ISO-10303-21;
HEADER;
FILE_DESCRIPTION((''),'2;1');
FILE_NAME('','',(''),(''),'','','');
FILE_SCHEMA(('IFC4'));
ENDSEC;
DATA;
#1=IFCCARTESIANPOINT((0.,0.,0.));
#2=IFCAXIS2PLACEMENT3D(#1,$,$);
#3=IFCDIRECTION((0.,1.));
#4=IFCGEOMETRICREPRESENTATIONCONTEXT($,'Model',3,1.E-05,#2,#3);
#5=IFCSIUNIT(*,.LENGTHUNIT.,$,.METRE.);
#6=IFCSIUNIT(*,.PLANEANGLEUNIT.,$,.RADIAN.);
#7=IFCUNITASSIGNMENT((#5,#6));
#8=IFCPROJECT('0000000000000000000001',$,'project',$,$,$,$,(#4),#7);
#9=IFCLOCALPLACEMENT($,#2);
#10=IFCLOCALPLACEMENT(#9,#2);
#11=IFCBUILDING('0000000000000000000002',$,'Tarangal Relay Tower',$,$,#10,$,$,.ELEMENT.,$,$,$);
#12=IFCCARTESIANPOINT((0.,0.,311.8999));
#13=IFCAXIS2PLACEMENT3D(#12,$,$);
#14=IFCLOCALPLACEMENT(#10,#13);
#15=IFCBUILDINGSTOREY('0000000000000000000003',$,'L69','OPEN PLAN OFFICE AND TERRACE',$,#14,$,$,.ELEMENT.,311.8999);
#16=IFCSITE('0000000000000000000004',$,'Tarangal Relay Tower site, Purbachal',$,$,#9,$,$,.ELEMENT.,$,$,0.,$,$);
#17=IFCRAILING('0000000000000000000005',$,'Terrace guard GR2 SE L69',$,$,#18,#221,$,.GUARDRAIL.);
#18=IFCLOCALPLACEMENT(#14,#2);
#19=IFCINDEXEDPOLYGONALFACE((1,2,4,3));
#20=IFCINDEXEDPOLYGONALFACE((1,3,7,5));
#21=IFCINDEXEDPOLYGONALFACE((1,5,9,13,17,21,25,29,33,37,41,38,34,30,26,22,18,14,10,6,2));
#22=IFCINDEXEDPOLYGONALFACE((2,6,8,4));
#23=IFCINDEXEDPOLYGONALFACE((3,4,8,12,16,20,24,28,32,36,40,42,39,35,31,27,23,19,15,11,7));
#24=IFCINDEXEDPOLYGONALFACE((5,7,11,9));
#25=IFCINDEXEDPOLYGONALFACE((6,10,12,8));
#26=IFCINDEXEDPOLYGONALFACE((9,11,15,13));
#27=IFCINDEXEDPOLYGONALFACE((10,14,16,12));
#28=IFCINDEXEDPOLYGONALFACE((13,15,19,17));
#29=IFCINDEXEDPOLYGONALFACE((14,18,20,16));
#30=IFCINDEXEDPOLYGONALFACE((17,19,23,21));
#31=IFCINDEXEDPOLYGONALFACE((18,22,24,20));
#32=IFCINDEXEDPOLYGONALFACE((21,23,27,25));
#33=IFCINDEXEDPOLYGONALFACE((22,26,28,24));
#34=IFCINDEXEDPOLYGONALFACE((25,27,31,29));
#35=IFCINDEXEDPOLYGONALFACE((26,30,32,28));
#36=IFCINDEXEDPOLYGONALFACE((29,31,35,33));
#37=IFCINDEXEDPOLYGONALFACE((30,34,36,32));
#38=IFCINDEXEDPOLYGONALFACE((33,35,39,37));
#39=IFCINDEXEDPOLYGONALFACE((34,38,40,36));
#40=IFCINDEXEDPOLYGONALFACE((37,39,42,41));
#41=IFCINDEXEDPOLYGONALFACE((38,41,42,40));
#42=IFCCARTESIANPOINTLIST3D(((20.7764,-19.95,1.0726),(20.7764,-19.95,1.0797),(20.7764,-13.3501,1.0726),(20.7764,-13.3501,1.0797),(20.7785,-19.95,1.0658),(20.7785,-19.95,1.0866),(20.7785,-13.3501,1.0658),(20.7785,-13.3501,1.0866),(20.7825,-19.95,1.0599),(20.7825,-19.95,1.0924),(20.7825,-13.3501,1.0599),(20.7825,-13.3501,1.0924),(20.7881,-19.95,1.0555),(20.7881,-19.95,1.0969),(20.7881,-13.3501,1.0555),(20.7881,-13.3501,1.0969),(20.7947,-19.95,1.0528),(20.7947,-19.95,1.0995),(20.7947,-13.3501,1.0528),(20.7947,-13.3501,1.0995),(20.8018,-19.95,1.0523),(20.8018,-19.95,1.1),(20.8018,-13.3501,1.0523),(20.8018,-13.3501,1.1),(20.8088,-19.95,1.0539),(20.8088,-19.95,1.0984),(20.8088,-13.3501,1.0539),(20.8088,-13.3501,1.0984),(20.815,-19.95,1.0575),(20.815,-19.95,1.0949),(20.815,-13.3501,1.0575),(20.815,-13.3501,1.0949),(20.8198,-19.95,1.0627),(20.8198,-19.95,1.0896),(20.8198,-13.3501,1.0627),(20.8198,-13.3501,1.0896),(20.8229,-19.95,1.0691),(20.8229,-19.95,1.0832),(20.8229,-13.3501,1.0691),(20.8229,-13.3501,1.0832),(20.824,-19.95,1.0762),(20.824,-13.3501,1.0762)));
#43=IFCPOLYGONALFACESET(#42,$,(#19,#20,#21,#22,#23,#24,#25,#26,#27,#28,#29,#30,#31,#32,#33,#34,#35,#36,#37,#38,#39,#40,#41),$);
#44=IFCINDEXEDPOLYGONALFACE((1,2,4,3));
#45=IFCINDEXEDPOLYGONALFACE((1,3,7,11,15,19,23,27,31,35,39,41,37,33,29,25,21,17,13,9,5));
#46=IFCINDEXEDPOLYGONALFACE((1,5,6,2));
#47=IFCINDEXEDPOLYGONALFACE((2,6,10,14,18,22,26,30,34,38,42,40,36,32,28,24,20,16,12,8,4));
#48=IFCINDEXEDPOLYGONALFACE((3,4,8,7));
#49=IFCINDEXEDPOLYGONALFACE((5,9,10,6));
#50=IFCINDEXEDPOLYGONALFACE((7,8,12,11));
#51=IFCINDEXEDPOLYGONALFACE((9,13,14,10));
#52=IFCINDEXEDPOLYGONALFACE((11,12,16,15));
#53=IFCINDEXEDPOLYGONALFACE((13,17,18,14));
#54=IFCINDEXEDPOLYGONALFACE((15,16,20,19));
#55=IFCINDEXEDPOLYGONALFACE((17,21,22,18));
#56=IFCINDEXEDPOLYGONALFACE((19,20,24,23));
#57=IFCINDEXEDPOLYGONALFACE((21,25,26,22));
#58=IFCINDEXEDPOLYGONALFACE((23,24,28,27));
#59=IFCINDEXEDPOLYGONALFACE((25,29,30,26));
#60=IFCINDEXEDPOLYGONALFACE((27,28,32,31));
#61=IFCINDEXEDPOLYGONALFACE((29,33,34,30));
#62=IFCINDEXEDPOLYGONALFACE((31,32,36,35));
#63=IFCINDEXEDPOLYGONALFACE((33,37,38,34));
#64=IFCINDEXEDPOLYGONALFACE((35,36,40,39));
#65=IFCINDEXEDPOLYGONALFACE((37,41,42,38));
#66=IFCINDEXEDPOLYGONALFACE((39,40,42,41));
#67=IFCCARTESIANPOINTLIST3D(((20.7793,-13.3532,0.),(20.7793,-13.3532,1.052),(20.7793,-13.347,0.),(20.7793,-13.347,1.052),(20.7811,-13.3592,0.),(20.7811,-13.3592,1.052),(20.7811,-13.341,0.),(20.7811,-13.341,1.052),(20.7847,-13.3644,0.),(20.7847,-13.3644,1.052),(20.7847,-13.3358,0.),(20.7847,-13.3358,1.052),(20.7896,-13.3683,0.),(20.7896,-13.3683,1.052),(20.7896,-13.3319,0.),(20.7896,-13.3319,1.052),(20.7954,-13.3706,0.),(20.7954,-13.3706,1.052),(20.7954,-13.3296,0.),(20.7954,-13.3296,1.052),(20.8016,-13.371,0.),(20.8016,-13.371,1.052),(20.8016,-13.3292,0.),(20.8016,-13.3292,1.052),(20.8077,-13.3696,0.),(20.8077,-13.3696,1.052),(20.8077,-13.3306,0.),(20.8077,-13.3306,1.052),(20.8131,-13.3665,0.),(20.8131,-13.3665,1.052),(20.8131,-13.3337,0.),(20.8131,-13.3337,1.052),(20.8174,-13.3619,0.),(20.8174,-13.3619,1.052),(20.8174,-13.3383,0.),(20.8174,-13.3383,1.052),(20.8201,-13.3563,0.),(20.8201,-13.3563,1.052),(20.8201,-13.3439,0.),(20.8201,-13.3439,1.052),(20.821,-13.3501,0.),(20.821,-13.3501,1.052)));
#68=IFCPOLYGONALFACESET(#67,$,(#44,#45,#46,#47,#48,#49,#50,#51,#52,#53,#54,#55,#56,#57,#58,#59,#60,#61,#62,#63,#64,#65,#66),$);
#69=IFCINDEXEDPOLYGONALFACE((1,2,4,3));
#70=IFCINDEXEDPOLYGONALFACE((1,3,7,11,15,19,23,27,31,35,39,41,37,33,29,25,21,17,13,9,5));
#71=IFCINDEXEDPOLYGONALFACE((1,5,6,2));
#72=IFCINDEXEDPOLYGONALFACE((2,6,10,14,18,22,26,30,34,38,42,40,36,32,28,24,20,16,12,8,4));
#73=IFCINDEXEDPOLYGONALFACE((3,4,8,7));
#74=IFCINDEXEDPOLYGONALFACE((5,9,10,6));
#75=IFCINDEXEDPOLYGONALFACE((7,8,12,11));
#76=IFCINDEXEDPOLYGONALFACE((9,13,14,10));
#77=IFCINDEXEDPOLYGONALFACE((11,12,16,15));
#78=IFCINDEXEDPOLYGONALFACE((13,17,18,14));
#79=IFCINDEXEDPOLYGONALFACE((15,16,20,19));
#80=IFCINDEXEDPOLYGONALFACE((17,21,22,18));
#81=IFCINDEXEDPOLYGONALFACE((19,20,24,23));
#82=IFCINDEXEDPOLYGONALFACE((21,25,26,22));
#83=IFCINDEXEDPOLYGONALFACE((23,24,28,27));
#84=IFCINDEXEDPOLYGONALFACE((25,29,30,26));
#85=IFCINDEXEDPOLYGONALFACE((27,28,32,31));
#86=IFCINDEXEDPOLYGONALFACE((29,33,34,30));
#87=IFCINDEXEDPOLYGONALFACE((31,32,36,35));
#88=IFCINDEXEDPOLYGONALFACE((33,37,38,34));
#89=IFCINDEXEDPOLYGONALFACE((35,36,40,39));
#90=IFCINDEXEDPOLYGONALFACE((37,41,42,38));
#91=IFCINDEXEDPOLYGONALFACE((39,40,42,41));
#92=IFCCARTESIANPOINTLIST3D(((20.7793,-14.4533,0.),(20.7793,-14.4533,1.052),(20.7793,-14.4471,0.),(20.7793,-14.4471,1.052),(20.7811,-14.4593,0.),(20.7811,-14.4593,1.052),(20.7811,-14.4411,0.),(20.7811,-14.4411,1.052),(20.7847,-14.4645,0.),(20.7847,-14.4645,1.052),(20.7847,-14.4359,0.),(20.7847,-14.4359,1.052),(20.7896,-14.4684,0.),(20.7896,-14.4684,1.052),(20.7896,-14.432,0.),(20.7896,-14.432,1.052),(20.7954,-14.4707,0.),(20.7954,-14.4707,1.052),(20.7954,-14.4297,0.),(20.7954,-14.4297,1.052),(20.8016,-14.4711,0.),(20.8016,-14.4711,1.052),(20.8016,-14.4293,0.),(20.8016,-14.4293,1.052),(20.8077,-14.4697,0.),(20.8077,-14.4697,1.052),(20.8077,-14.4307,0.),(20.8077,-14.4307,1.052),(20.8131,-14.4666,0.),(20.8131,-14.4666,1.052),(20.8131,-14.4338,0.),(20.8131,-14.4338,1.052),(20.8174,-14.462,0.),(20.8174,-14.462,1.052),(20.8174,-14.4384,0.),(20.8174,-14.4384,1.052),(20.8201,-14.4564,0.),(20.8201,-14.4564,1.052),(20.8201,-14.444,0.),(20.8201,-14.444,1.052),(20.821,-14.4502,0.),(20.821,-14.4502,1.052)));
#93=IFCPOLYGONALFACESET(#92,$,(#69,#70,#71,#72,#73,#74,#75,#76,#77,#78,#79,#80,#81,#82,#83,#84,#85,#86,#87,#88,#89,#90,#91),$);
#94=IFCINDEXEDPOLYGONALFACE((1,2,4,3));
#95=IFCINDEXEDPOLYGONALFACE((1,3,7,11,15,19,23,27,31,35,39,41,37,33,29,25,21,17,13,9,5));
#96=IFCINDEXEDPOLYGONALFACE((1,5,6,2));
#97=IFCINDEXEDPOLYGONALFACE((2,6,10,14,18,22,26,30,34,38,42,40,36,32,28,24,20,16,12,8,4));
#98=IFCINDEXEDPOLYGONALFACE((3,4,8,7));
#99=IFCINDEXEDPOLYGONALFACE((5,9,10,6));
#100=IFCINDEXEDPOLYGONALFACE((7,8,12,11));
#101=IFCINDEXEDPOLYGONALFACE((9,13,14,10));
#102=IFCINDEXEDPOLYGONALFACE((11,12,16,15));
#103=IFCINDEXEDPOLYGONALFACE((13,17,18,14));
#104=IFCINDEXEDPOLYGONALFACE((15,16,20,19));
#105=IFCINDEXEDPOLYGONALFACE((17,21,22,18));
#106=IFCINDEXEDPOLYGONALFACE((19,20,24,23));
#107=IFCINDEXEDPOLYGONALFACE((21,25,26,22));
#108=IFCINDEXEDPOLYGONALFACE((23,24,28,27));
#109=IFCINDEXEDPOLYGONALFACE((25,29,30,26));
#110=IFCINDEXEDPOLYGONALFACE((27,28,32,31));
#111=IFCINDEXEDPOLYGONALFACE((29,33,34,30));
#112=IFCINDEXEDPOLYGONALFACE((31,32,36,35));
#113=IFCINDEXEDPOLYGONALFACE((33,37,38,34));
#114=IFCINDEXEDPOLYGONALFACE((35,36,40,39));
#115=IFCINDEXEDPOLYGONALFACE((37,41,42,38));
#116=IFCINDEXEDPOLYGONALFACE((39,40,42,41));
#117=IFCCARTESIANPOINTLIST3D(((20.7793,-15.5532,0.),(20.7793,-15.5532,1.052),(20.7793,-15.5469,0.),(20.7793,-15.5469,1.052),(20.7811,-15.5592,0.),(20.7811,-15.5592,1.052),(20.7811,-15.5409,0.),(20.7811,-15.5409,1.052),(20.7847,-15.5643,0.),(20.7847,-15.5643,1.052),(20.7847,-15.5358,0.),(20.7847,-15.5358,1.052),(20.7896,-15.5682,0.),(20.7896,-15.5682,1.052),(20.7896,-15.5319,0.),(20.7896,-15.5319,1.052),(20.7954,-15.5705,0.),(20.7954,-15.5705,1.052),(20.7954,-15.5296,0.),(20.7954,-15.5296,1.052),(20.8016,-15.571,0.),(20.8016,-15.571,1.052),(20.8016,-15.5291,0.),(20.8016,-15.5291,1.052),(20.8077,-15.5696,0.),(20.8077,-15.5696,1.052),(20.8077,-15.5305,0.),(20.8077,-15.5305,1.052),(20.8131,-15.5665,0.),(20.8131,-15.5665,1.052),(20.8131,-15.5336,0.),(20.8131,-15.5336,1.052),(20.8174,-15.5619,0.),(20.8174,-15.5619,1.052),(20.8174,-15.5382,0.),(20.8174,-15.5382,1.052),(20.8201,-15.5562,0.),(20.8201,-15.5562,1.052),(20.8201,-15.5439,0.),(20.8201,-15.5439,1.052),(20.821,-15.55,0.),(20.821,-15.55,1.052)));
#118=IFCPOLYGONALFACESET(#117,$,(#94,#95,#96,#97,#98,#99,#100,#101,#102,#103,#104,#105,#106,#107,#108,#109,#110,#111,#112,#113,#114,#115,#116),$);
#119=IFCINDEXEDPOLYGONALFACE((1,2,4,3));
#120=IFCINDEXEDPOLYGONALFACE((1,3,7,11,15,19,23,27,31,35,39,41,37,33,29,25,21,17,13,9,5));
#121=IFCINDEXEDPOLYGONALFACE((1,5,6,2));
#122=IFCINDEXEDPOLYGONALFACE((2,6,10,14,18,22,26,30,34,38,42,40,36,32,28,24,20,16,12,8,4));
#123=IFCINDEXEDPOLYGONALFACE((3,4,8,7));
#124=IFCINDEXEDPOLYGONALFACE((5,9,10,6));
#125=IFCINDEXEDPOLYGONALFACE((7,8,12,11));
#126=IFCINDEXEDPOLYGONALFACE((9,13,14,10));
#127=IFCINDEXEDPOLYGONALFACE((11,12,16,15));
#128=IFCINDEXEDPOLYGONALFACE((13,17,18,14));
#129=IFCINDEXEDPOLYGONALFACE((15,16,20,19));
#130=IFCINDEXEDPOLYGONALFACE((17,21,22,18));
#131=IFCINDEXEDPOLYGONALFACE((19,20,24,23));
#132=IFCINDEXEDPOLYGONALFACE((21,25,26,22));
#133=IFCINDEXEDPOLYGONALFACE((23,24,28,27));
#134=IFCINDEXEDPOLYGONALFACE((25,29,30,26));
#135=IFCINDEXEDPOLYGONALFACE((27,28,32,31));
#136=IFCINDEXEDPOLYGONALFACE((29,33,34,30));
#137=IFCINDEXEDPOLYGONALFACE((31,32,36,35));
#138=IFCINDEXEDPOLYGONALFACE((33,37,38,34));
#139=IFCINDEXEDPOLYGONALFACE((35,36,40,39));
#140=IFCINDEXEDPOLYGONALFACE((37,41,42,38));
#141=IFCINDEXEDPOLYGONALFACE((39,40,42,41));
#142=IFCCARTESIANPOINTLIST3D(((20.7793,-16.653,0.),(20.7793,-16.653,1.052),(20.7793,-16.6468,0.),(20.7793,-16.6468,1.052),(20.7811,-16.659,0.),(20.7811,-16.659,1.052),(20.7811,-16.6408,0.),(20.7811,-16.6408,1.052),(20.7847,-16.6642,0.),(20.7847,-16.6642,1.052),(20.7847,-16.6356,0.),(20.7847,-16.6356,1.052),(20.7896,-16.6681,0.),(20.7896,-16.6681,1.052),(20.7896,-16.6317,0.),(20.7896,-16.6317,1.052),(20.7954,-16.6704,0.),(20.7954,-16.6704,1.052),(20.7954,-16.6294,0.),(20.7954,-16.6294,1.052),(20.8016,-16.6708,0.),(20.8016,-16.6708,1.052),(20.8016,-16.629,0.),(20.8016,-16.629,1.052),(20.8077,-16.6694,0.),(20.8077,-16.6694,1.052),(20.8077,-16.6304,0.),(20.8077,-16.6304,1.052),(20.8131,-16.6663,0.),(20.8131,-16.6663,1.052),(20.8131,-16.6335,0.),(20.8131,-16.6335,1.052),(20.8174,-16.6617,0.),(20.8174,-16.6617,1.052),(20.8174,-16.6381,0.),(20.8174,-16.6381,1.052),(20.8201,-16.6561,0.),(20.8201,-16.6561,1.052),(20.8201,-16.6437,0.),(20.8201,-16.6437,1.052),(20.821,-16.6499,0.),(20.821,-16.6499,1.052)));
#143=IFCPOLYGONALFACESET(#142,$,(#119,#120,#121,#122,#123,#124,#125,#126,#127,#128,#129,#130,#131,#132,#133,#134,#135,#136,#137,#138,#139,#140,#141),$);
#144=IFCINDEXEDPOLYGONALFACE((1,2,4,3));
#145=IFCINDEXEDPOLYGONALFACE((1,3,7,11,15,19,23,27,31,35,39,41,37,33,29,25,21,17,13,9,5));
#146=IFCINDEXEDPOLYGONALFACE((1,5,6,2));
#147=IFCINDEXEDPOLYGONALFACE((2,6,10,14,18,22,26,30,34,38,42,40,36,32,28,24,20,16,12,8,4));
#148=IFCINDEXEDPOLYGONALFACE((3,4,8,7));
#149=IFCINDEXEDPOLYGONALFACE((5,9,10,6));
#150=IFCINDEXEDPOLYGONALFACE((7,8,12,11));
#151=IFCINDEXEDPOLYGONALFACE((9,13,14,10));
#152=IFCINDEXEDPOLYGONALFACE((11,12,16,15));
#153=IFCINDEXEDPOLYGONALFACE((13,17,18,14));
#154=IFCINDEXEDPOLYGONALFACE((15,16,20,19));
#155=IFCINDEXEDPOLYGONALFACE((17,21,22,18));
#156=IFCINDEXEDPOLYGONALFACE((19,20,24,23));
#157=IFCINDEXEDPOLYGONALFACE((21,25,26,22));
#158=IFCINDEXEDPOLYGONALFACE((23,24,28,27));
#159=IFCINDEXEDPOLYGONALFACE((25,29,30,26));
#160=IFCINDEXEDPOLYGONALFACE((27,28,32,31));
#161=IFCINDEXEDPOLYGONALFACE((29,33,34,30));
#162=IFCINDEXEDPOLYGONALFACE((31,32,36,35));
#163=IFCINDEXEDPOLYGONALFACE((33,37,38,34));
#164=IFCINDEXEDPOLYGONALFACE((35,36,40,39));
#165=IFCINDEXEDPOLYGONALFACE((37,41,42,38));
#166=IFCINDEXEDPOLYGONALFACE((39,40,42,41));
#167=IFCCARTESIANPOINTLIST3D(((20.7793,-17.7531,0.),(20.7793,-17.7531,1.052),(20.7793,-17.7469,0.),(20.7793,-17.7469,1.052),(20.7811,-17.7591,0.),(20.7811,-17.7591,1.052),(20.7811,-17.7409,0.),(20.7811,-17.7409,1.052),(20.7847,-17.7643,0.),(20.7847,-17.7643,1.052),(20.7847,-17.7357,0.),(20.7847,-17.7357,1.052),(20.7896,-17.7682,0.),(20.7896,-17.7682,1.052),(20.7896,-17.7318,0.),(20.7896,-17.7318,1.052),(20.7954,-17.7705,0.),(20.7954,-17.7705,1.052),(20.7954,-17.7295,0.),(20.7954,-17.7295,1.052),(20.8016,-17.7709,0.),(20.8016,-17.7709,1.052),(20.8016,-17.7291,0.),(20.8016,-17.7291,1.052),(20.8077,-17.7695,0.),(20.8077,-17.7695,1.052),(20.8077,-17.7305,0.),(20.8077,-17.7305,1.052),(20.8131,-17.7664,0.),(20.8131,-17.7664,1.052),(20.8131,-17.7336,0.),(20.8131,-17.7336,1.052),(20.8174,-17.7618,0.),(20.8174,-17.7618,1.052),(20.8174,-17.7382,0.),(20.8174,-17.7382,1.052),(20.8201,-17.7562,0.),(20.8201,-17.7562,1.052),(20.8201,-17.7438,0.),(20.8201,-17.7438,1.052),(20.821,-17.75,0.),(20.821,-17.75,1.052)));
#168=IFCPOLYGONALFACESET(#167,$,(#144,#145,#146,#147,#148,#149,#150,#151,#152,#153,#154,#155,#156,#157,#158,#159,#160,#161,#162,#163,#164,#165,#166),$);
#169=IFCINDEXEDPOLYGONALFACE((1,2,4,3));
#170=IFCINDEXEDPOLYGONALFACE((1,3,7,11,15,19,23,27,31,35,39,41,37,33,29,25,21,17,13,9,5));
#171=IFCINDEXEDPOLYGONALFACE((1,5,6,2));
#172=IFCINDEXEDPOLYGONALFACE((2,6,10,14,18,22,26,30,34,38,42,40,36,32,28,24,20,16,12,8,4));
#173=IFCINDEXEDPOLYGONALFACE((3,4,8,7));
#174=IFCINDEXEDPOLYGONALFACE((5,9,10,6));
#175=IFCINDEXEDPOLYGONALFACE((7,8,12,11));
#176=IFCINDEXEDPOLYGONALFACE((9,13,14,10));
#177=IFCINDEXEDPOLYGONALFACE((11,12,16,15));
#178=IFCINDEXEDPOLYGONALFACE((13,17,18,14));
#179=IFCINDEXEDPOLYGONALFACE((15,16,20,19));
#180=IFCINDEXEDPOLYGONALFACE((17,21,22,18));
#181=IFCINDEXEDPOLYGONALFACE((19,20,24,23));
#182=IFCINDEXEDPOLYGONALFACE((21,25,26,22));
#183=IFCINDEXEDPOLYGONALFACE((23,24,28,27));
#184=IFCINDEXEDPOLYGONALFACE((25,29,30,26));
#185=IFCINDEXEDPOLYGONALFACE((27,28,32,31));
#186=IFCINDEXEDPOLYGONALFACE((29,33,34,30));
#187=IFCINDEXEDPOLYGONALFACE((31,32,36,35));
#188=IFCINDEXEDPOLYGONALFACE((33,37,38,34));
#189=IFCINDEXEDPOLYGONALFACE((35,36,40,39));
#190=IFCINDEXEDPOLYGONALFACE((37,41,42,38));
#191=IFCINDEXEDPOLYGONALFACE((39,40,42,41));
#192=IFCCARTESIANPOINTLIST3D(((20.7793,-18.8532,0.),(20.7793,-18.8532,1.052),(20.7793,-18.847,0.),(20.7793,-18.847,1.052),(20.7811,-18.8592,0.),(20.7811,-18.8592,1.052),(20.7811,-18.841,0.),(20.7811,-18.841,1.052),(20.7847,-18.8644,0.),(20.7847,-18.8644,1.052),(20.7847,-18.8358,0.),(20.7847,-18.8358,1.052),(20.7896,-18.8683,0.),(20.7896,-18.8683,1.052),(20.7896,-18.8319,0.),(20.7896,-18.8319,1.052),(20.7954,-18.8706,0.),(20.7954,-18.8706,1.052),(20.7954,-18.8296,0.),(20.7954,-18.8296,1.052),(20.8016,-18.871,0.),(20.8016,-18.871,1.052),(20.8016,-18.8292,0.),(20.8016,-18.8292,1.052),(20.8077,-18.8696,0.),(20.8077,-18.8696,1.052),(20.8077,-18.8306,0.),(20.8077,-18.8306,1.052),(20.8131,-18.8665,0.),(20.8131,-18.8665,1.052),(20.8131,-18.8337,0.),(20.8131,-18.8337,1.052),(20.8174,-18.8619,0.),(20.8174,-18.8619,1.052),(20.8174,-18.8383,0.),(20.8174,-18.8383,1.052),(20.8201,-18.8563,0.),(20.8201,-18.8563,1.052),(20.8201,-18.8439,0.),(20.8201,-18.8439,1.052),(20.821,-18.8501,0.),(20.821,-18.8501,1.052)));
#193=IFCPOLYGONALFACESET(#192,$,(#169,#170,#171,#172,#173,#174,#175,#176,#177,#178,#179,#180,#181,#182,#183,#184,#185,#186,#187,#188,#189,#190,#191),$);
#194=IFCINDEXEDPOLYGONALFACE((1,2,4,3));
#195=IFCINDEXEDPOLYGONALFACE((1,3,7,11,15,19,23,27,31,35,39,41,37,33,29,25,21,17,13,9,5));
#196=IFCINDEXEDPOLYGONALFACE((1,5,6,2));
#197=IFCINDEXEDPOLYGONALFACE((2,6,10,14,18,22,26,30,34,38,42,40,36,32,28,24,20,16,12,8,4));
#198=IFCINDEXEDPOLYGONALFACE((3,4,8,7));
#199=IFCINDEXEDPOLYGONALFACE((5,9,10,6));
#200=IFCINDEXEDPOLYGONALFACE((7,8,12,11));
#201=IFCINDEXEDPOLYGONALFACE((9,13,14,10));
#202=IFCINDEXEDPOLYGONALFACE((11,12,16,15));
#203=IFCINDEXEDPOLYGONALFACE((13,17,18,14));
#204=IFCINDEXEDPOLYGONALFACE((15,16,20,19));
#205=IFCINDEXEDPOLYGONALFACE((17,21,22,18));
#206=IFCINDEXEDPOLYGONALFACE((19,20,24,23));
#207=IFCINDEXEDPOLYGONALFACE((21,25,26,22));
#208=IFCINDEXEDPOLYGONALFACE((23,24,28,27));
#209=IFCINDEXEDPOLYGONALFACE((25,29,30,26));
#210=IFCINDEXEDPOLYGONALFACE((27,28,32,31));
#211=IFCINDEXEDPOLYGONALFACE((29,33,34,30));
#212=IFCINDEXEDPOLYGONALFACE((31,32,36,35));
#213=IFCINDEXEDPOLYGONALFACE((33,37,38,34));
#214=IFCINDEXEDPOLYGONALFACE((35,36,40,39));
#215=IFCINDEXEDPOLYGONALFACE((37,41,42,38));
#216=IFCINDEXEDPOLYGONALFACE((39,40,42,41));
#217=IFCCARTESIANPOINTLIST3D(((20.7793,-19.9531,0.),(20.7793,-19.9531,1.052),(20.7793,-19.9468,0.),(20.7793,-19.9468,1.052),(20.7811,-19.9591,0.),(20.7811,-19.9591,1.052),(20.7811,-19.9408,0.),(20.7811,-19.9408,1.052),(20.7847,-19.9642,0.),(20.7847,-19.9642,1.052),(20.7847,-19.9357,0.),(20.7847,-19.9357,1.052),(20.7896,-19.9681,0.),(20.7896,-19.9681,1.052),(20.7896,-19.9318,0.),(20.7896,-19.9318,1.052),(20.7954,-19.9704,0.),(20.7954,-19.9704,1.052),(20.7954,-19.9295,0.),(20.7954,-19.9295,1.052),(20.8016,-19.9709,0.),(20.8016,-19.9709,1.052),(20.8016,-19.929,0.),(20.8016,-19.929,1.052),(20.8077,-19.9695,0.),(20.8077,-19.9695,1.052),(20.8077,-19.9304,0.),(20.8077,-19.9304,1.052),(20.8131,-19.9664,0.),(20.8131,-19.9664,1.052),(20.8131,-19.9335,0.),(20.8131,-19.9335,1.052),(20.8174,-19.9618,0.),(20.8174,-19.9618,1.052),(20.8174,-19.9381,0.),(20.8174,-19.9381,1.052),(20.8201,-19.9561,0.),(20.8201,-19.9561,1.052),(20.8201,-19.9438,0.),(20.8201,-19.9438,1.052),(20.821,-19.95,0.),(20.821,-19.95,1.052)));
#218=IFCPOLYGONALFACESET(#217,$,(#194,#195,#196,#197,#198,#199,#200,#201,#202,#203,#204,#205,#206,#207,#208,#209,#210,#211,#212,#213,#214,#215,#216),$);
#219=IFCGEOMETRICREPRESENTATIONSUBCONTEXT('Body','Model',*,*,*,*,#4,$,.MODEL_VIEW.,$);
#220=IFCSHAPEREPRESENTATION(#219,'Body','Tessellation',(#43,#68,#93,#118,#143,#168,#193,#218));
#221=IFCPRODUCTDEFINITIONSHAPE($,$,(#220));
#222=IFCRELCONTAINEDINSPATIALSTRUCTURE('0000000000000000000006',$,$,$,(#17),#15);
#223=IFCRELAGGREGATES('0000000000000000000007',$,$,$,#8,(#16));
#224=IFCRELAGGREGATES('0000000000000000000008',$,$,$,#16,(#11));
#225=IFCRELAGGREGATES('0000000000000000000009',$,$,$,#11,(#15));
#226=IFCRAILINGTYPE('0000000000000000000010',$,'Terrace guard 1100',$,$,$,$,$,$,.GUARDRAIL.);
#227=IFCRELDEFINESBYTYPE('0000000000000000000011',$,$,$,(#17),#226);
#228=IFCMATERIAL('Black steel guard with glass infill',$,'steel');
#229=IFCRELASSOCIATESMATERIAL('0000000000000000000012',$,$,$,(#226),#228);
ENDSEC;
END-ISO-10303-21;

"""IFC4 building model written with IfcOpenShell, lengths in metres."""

from ifc_helpers import new_model, si_unit, direction, frame, origin, origin_2d, place, context, subcontext, project, spatial, circle, extrude, material, type_object, element, save


model = new_model("IFC4")

# Units and contexts
model_context = context("Model", 3, precision=1e-05, world=origin(), true_north=direction((0.0, 1.0)))
body_context = subcontext(model_context, "Body", "Model", "MODEL_VIEW")
ifc_project = project(units=[si_unit("LENGTHUNIT", "METRE"), si_unit("PLANEANGLEUNIT", "RADIAN")], contexts=[model_context])

# Site, building, storey
site_placement = place(None, origin())
site = spatial("IfcSite", under=ifc_project, at=site_placement, Name="Tarangal Relay Tower site, Purbachal", CompositionType="ELEMENT", RefElevation=0.0)
building_placement = place(site_placement, origin())
building = spatial("IfcBuilding", under=site, at=building_placement, Name="Tarangal Relay Tower", CompositionType="ELEMENT")
storey_placement = place(building_placement, frame((0.0, 0.0, 311.8999)))
storey = spatial("IfcBuildingStorey", under=building, at=storey_placement, Name="L69", Description="OPEN PLAN OFFICE AND TERRACE", CompositionType="ELEMENT", Elevation=311.8999)

# Railing
ifc_material_1 = material(Name="Black steel guard with glass infill", Category="steel")
railing_type = type_object("IfcRailingType", Name="Terrace guard 1100", PredefinedType="GUARDRAIL", material=ifc_material_1)
railing_1_placement = place(storey_placement, frame((20.8, -13.3501, 0.0)))
element("IfcRailing", 1, at=railing_1_placement, inside=storey, type_object=railing_type, Name="Terrace guard GR2 SE L69", PredefinedType="GUARDRAIL", context=body_context, shape_type="SweptSolid", body=[
    extrude(circle(Radius=0.0239, at=origin_2d()), frame((0.0, 0.0, 1.0762), z_axis=(0.0, -1.0, 0.0), x_axis=(1.0, 0.0, 0.0)), (0.0, 0.0, 1.0), 6.5999),
    extrude(circle(Radius=0.021, at=origin_2d()), origin(), (0.0, 0.0, 1.0), 1.052),
    extrude(circle(Radius=0.021, at=origin_2d()), frame((0.0, -1.1001, 0.0)), (0.0, 0.0, 1.0), 1.052),
    extrude(circle(Radius=0.021, at=origin_2d()), frame((0.0, -2.2, 0.0)), (0.0, 0.0, 1.0), 1.052),
    extrude(circle(Radius=0.021, at=origin_2d()), frame((0.0, -3.2998, 0.0)), (0.0, 0.0, 1.0), 1.052),
    extrude(circle(Radius=0.021, at=origin_2d()), frame((0.0, -4.3999, 0.0)), (0.0, 0.0, 1.0), 1.052),
    extrude(circle(Radius=0.021, at=origin_2d()), frame((0.0, -5.5, 0.0)), (0.0, 0.0, 1.0), 1.052),
    extrude(circle(Radius=0.021, at=origin_2d()), frame((0.0, -6.5999, 0.0)), (0.0, 0.0, 1.0), 1.052),
])

save(model, "model.ifc")
